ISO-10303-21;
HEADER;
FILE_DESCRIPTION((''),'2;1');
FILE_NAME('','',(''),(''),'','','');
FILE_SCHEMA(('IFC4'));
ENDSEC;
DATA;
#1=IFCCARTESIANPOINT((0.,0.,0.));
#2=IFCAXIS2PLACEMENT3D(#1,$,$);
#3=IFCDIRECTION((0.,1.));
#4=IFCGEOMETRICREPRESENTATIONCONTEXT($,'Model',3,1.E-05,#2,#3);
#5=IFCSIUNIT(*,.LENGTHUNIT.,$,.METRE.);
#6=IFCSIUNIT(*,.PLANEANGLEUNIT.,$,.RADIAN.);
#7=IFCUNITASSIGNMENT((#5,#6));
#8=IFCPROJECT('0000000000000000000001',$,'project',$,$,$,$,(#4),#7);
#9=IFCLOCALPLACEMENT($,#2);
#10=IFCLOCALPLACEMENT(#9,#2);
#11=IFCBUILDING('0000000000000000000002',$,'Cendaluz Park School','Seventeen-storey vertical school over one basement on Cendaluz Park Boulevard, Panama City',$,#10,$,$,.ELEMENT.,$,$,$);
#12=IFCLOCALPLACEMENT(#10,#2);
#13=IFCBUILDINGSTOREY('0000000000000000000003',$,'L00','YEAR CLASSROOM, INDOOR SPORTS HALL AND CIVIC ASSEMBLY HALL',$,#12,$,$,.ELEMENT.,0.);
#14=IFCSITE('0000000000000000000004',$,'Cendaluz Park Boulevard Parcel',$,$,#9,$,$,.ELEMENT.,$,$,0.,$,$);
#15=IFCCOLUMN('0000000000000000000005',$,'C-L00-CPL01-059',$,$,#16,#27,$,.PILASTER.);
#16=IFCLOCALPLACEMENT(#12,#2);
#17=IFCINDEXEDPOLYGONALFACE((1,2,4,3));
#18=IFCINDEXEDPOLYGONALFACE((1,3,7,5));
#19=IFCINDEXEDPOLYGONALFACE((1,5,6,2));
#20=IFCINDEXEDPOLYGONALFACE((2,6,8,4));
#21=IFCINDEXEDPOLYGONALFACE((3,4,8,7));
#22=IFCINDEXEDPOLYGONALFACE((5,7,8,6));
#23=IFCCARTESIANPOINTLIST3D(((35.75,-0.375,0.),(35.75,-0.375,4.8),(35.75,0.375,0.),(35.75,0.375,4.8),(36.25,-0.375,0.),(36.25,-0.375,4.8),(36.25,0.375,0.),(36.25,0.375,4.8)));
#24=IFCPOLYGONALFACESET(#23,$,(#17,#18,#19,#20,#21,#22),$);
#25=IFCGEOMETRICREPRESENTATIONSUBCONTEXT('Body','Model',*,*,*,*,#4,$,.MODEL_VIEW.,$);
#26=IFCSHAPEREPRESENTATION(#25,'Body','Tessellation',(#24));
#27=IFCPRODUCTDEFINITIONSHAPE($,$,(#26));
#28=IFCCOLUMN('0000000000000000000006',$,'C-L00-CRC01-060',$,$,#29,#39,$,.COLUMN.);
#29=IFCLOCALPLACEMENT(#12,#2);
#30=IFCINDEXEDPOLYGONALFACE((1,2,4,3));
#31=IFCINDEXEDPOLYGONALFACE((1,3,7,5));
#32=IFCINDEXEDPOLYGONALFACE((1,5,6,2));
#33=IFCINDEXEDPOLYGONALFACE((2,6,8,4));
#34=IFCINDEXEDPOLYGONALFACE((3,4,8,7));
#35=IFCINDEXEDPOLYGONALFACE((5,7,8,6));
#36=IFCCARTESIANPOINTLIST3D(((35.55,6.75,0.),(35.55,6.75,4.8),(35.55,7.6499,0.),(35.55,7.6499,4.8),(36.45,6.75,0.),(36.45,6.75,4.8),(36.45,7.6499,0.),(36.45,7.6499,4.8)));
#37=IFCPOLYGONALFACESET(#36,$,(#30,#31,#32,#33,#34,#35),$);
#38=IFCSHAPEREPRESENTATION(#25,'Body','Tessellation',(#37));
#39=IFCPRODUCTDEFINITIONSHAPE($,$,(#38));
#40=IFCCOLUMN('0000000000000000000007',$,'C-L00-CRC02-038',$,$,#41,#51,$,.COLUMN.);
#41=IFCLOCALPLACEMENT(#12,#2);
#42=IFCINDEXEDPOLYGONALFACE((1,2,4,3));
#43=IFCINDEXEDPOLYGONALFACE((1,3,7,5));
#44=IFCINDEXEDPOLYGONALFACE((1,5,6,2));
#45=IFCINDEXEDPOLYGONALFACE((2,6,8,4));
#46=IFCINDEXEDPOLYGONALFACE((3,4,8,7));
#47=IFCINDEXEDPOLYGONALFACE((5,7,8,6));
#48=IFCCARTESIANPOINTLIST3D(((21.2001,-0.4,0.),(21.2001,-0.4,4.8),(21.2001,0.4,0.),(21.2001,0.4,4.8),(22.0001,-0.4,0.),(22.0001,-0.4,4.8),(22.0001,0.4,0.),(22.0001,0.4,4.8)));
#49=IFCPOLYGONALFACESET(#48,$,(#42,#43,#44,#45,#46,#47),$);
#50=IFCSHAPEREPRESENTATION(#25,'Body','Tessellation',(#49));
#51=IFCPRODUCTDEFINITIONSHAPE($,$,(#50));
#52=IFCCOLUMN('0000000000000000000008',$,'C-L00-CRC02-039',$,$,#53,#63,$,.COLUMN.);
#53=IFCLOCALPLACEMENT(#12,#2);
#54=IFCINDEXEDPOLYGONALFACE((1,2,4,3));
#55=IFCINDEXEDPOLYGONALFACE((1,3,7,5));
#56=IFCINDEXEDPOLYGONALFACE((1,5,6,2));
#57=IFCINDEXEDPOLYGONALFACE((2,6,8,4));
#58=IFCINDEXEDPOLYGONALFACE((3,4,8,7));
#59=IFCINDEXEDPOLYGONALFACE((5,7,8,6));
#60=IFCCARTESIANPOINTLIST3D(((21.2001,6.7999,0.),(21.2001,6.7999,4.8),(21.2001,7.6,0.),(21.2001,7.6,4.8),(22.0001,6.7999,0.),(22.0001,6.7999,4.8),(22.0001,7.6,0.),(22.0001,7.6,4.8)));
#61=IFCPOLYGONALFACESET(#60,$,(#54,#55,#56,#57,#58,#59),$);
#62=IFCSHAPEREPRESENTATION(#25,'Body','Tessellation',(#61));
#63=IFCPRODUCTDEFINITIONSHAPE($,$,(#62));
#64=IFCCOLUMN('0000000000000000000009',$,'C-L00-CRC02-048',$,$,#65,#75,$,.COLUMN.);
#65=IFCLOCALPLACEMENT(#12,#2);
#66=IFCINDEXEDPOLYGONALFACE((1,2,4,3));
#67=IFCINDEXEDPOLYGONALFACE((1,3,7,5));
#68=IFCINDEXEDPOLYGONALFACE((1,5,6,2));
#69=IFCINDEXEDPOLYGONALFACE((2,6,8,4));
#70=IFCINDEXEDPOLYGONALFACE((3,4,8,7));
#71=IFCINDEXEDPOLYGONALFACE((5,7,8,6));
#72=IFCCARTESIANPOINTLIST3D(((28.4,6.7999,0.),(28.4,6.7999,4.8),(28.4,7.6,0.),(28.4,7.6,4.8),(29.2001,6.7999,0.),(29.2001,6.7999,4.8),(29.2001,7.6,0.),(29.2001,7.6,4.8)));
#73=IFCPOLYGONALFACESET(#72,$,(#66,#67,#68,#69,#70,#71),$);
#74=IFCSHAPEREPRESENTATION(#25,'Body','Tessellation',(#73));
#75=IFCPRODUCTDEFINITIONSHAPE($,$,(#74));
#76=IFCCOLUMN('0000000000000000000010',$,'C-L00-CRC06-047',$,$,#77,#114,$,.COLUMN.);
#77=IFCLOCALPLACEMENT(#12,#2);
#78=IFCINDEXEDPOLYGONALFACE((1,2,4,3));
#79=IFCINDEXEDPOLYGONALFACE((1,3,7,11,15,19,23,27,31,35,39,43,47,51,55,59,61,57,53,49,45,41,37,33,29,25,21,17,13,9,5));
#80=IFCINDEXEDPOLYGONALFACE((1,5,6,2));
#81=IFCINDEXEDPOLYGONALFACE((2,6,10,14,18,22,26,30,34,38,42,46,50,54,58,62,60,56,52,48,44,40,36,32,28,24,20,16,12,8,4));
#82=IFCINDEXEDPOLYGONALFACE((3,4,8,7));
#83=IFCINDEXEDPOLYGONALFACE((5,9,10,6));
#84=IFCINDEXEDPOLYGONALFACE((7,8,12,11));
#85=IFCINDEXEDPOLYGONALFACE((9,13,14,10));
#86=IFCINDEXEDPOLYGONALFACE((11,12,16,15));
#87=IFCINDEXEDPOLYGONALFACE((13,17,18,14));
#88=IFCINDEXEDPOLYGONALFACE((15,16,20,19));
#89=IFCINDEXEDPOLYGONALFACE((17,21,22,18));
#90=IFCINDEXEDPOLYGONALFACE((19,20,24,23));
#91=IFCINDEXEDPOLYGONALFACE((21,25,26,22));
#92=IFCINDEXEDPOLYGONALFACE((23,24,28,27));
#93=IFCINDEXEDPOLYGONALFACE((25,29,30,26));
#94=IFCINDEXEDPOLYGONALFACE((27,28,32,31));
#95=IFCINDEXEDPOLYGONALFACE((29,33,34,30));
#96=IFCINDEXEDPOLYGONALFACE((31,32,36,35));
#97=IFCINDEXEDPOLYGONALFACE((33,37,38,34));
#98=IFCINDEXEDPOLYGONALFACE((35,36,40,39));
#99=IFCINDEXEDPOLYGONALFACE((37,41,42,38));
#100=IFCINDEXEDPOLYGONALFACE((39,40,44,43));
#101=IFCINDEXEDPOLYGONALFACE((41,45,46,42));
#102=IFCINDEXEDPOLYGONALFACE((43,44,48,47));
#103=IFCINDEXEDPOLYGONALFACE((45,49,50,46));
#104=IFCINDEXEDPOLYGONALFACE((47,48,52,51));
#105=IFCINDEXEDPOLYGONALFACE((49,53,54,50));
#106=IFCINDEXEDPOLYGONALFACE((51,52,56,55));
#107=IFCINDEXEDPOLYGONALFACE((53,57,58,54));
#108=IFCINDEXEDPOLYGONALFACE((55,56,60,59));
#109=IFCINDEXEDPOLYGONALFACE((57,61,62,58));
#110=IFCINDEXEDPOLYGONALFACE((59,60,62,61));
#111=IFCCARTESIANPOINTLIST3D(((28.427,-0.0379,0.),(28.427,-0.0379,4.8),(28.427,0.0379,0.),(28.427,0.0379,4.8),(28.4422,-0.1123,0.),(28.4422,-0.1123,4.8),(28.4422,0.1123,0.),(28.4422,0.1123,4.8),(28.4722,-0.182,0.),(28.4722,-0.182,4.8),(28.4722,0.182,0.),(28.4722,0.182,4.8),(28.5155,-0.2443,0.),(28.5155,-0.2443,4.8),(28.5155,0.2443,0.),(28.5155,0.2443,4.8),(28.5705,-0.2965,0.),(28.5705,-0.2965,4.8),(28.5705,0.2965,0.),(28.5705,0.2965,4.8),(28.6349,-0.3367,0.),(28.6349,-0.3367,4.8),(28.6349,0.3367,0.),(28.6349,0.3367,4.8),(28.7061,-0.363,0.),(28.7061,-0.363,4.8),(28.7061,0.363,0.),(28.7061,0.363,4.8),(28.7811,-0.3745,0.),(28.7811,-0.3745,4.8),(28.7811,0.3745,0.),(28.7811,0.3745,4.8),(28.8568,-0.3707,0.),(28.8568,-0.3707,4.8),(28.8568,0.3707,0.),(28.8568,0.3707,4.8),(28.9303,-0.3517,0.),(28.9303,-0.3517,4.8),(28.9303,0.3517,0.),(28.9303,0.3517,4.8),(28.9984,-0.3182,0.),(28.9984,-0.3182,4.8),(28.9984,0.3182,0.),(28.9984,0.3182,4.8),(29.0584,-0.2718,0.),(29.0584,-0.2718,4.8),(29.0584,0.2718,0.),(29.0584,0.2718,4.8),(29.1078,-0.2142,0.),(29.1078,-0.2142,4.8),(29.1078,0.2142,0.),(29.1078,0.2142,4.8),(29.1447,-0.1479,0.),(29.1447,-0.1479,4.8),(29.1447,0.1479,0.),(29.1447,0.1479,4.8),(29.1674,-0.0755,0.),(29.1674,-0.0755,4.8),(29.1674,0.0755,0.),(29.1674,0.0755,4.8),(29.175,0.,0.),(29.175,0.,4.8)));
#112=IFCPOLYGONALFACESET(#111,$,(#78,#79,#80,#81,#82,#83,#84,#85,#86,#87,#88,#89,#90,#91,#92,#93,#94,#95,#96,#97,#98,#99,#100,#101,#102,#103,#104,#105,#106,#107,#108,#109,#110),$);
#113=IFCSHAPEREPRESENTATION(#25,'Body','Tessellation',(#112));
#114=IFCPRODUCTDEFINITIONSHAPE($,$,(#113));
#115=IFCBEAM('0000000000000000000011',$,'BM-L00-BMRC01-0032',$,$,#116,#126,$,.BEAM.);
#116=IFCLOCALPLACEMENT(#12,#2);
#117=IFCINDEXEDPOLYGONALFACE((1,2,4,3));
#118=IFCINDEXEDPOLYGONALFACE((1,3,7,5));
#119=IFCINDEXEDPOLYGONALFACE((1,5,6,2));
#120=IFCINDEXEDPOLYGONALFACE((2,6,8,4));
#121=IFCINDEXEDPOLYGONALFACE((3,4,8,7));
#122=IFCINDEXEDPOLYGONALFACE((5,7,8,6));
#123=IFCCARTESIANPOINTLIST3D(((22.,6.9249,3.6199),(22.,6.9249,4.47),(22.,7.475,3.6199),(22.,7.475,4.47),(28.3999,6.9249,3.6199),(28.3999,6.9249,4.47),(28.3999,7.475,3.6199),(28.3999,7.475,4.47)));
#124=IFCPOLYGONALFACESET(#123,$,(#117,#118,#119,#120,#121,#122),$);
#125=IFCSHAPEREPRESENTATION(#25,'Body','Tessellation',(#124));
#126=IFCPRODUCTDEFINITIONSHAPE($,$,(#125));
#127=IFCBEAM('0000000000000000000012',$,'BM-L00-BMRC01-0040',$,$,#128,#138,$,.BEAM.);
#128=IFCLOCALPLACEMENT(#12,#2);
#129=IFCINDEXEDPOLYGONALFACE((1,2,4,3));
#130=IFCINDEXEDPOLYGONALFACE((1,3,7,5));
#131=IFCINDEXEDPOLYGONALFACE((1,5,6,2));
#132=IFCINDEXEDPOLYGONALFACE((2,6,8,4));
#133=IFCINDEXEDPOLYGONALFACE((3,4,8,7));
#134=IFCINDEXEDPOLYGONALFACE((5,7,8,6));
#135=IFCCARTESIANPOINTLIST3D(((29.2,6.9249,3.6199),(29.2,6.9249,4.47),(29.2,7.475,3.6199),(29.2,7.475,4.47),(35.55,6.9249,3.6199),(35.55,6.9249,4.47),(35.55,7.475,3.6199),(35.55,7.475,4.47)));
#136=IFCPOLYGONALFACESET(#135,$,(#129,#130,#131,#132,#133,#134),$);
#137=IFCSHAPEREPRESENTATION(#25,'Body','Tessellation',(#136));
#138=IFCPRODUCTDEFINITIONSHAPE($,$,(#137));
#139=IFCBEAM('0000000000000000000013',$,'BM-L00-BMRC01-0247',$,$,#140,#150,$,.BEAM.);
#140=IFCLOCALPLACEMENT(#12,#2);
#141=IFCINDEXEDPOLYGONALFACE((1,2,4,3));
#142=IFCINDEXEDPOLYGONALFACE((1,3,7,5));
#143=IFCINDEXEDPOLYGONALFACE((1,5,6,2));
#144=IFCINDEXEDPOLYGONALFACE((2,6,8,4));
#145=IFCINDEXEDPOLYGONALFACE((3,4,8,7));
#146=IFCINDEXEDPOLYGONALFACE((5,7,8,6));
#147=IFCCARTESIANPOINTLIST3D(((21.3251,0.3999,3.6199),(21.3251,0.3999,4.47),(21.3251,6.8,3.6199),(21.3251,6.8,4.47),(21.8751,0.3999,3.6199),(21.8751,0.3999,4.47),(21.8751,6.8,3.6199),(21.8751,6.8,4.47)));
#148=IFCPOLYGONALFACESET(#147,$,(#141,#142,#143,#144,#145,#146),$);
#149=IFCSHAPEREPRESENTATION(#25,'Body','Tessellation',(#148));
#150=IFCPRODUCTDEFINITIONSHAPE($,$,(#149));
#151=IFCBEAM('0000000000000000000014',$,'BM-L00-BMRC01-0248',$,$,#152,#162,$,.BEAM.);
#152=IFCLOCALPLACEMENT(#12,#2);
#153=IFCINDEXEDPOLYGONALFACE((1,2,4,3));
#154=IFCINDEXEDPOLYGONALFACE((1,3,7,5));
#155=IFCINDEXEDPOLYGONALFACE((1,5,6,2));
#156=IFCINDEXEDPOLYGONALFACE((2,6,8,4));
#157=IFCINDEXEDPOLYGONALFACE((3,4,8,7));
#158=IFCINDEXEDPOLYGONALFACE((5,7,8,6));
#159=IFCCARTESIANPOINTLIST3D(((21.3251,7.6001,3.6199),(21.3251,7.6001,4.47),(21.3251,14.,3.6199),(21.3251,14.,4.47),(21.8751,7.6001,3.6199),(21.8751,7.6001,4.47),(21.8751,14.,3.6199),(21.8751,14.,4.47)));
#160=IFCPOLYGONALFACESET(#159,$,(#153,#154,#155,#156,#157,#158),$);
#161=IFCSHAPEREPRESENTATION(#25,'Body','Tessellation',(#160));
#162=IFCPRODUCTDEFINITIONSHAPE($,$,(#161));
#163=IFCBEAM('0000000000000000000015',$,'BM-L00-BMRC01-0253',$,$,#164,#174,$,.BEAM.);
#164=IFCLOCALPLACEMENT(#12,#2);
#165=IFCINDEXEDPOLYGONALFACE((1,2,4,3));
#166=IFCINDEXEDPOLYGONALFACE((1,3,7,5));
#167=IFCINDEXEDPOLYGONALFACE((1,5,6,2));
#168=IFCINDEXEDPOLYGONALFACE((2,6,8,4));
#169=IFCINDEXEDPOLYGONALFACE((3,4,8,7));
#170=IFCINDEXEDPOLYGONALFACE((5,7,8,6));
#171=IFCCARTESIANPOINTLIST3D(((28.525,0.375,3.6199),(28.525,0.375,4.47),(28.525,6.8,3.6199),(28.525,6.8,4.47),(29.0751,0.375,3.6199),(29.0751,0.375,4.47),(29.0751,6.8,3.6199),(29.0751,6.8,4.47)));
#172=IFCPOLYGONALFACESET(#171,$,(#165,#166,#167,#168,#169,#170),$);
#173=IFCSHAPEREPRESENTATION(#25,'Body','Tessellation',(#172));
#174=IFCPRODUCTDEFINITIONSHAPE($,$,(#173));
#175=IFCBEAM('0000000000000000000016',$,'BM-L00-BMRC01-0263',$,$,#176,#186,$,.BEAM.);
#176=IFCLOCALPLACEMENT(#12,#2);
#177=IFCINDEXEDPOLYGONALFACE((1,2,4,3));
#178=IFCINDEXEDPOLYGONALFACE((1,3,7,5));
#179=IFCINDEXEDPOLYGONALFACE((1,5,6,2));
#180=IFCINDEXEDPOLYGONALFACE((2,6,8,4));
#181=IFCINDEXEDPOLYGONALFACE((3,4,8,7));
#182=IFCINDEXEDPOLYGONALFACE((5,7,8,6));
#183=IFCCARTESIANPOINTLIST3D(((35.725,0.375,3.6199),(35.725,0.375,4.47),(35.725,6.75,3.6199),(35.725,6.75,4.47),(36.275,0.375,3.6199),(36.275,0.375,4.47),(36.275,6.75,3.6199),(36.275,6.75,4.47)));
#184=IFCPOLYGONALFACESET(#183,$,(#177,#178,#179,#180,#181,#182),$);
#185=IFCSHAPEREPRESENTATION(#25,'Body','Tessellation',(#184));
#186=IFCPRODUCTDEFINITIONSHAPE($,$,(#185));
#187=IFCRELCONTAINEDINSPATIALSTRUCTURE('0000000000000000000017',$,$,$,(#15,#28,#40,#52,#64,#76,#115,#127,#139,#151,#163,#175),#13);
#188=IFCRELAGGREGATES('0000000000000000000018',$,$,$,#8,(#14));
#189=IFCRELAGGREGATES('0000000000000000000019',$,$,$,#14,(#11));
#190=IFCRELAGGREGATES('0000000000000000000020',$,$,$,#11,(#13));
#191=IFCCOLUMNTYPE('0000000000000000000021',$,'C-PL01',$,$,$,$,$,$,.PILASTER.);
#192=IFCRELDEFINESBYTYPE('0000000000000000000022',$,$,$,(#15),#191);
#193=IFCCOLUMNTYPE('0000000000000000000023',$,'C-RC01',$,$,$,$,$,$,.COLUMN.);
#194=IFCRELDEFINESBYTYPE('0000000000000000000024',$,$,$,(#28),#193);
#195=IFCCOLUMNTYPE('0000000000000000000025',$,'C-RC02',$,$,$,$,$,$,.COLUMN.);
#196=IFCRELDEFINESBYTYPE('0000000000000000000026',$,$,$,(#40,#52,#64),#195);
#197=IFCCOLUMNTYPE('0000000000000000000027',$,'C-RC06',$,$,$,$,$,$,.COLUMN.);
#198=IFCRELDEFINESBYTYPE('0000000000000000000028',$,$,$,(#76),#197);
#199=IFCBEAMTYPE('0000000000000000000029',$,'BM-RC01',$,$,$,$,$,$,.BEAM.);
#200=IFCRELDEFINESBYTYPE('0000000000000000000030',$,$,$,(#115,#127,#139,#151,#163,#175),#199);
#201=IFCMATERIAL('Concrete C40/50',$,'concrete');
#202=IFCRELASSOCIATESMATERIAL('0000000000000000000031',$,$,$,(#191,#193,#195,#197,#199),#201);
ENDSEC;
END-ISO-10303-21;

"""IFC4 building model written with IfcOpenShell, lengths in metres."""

from ifc_helpers import new_model, si_unit, direction, frame, origin, origin_2d, place, context, subcontext, project, spatial, rectangle, circle, extrude, material, material_profile, profile_set, type_object, element, save


model = new_model("IFC4")

# Units and contexts
model_context = context("Model", 3, precision=1e-05, world=origin(), true_north=direction((0.0, 1.0)))
body_context = subcontext(model_context, "Body", "Model", "MODEL_VIEW")
ifc_project = project(units=[si_unit("LENGTHUNIT", "METRE"), si_unit("PLANEANGLEUNIT", "RADIAN")], contexts=[model_context])

# Site, building, storey
site_placement = place(None, origin())
site = spatial("IfcSite", under=ifc_project, at=site_placement, Name="Cendaluz Park Boulevard Parcel", CompositionType="ELEMENT", RefElevation=0.0)
building_placement = place(site_placement, origin())
building = spatial("IfcBuilding", under=site, at=building_placement, Name="Cendaluz Park School", Description="Seventeen-storey vertical school over one basement on Cendaluz Park Boulevard, Panama City", CompositionType="ELEMENT")
storey_placement = place(building_placement, origin())
storey = spatial("IfcBuildingStorey", under=building, at=storey_placement, Name="L00", Description="YEAR CLASSROOM, INDOOR SPORTS HALL AND CIVIC ASSEMBLY HALL", CompositionType="ELEMENT", Elevation=0.0)

# Columns
ifc_material_1 = material(Name="Concrete C40/50", Category="concrete")
ifc_material_profile_1 = material_profile(ifc_material_1, rectangle(XDim=0.5, YDim=0.75, at=origin_2d()), Name="RC 500x750", Category="concrete")
ifc_profile_set_1 = profile_set([ifc_material_profile_1], Name="Concrete C40/50")
column_type_1 = type_object("IfcColumnType", Name="C-PL01", PredefinedType="PILASTER", material=ifc_profile_set_1)
column_1_placement = place(storey_placement, frame((36.0, 0.0, 0.0), z_axis=(0.0, 0.0, 1.0), x_axis=(1.0, 0.0, 0.0)))
element("IfcColumn", 1, at=column_1_placement, inside=storey, type_object=column_type_1, Name="C-L00-CPL01-059", PredefinedType="PILASTER", context=body_context, shape_type="SweptSolid", body=[
    extrude(rectangle(XDim=0.5, YDim=0.75, at=origin_2d()), origin(), (0.0, 0.0, 1.0), 4.8),
])
ifc_material_profile_2 = material_profile(ifc_material_1, rectangle(XDim=0.8999, YDim=0.8999, at=origin_2d()), Name="RC 900x900", Category="concrete")
ifc_profile_set_2 = profile_set([ifc_material_profile_2], Name="Concrete C40/50")
column_type_2 = type_object("IfcColumnType", Name="C-RC01", PredefinedType="COLUMN", material=ifc_profile_set_2)
column_2_placement = place(storey_placement, frame((36.0, 7.2, 0.0), z_axis=(0.0, 0.0, 1.0), x_axis=(1.0, 0.0, 0.0)))
element("IfcColumn", 2, at=column_2_placement, inside=storey, type_object=column_type_2, Name="C-L00-CRC01-060", PredefinedType="COLUMN", context=body_context, shape_type="SweptSolid", body=[
    extrude(rectangle(XDim=0.8999, YDim=0.8999, at=origin_2d()), origin(), (0.0, 0.0, 1.0), 4.8),
])
ifc_material_profile_3 = material_profile(ifc_material_1, rectangle(XDim=0.8, YDim=0.8, at=origin_2d()), Name="RC 800x800", Category="concrete")
ifc_profile_set_3 = profile_set([ifc_material_profile_3], Name="Concrete C40/50")
column_type_3 = type_object("IfcColumnType", Name="C-RC02", PredefinedType="COLUMN", material=ifc_profile_set_3)
for number, where, z_axis, x_axis, name in (
    (3, (21.6001, 0.0, 0.0), (0.0, 0.0, 1.0), (1.0, 0.0, 0.0), "C-L00-CRC02-038"),
    (4, (21.6001, 7.2, 0.0), (0.0, 0.0, 1.0), (1.0, 0.0, 0.0), "C-L00-CRC02-039"),
    (5, (28.8, 7.2, 0.0), (0.0, 0.0, 1.0), (1.0, 0.0, 0.0), "C-L00-CRC02-048"),
):
    element("IfcColumn", number, at=place(storey_placement, frame(where, z_axis=z_axis, x_axis=x_axis)), inside=storey, type_object=column_type_3, Name=name, PredefinedType="COLUMN", context=body_context, shape_type="SweptSolid", body=[
        extrude(rectangle(XDim=0.8, YDim=0.8, at=origin_2d()), origin(), (0.0, 0.0, 1.0), 4.8),
    ])
ifc_material_profile_4 = material_profile(ifc_material_1, circle(Radius=0.375, at=origin_2d()), Name="RC D750", Category="concrete")
ifc_profile_set_4 = profile_set([ifc_material_profile_4], Name="Concrete C40/50")
column_type_4 = type_object("IfcColumnType", Name="C-RC06", PredefinedType="COLUMN", material=ifc_profile_set_4)
column_3_placement = place(storey_placement, frame((28.8, 0.0, 0.0), z_axis=(0.0, 0.0, 1.0), x_axis=(1.0, 0.0, 0.0)))
element("IfcColumn", 6, at=column_3_placement, inside=storey, type_object=column_type_4, Name="C-L00-CRC06-047", PredefinedType="COLUMN", context=body_context, shape_type="SweptSolid", body=[
    extrude(circle(Radius=0.375, at=origin_2d()), origin(), (0.0, 0.0, 1.0), 4.8),
])

# Beams
ifc_material_profile_5 = material_profile(ifc_material_1, rectangle(XDim=0.55, YDim=0.8501, at=origin_2d()), Name="RC 550x850", Category="concrete")
ifc_profile_set_5 = profile_set([ifc_material_profile_5], Name="Concrete C40/50")
beam_type_1 = type_object("IfcBeamType", Name="BM-RC01", PredefinedType="BEAM", material=ifc_profile_set_5)
beam_1_placement = place(storey_placement, frame((22.0, 7.2, 4.0449), z_axis=(1.0, 0.0, 0.0), x_axis=(0.0, 1.0, 0.0)))
element("IfcBeam", 7, at=beam_1_placement, inside=storey, type_object=beam_type_1, Name="BM-L00-BMRC01-0032", PredefinedType="BEAM", context=body_context, shape_type="SweptSolid", body=[
    extrude(rectangle(XDim=0.55, YDim=0.8501, at=origin_2d()), origin(), (0.0, 0.0, 1.0), 6.3999),
])
beam_2_placement = place(storey_placement, frame((29.2, 7.2, 4.0449), z_axis=(1.0, 0.0, 0.0), x_axis=(0.0, 1.0, 0.0)))
element("IfcBeam", 8, at=beam_2_placement, inside=storey, type_object=beam_type_1, Name="BM-L00-BMRC01-0040", PredefinedType="BEAM", context=body_context, shape_type="SweptSolid", body=[
    extrude(rectangle(XDim=0.55, YDim=0.8501, at=origin_2d()), origin(), (0.0, 0.0, 1.0), 6.3501),
])
beam_3_placement = place(storey_placement, frame((21.6001, 0.3999, 4.0449), z_axis=(0.0, 1.0, 0.0), x_axis=(-1.0, 0.0, 0.0)))
element("IfcBeam", 9, at=beam_3_placement, inside=storey, type_object=beam_type_1, Name="BM-L00-BMRC01-0247", PredefinedType="BEAM", context=body_context, shape_type="SweptSolid", body=[
    extrude(rectangle(XDim=0.55, YDim=0.8501, at=origin_2d()), origin(), (0.0, 0.0, 1.0), 6.4001),
])
beam_4_placement = place(storey_placement, frame((21.6001, 7.6001, 4.0449), z_axis=(0.0, 1.0, 0.0), x_axis=(-1.0, 0.0, 0.0)))
element("IfcBeam", 10, at=beam_4_placement, inside=storey, type_object=beam_type_1, Name="BM-L00-BMRC01-0248", PredefinedType="BEAM", context=body_context, shape_type="SweptSolid", body=[
    extrude(rectangle(XDim=0.55, YDim=0.8501, at=origin_2d()), origin(), (0.0, 0.0, 1.0), 6.3999),
])
beam_5_placement = place(storey_placement, frame((28.8, 0.375, 4.0449), z_axis=(0.0, 1.0, 0.0), x_axis=(-1.0, 0.0, 0.0)))
element("IfcBeam", 11, at=beam_5_placement, inside=storey, type_object=beam_type_1, Name="BM-L00-BMRC01-0253", PredefinedType="BEAM", context=body_context, shape_type="SweptSolid", body=[
    extrude(rectangle(XDim=0.55, YDim=0.8501, at=origin_2d()), origin(), (0.0, 0.0, 1.0), 6.425),
])
beam_6_placement = place(storey_placement, frame((36.0, 0.375, 4.0449), z_axis=(0.0, 1.0, 0.0), x_axis=(-1.0, 0.0, 0.0)))
element("IfcBeam", 12, at=beam_6_placement, inside=storey, type_object=beam_type_1, Name="BM-L00-BMRC01-0263", PredefinedType="BEAM", context=body_context, shape_type="SweptSolid", body=[
    extrude(rectangle(XDim=0.55, YDim=0.8501, at=origin_2d()), origin(), (0.0, 0.0, 1.0), 6.375),
])

save(model, "model.ifc")
